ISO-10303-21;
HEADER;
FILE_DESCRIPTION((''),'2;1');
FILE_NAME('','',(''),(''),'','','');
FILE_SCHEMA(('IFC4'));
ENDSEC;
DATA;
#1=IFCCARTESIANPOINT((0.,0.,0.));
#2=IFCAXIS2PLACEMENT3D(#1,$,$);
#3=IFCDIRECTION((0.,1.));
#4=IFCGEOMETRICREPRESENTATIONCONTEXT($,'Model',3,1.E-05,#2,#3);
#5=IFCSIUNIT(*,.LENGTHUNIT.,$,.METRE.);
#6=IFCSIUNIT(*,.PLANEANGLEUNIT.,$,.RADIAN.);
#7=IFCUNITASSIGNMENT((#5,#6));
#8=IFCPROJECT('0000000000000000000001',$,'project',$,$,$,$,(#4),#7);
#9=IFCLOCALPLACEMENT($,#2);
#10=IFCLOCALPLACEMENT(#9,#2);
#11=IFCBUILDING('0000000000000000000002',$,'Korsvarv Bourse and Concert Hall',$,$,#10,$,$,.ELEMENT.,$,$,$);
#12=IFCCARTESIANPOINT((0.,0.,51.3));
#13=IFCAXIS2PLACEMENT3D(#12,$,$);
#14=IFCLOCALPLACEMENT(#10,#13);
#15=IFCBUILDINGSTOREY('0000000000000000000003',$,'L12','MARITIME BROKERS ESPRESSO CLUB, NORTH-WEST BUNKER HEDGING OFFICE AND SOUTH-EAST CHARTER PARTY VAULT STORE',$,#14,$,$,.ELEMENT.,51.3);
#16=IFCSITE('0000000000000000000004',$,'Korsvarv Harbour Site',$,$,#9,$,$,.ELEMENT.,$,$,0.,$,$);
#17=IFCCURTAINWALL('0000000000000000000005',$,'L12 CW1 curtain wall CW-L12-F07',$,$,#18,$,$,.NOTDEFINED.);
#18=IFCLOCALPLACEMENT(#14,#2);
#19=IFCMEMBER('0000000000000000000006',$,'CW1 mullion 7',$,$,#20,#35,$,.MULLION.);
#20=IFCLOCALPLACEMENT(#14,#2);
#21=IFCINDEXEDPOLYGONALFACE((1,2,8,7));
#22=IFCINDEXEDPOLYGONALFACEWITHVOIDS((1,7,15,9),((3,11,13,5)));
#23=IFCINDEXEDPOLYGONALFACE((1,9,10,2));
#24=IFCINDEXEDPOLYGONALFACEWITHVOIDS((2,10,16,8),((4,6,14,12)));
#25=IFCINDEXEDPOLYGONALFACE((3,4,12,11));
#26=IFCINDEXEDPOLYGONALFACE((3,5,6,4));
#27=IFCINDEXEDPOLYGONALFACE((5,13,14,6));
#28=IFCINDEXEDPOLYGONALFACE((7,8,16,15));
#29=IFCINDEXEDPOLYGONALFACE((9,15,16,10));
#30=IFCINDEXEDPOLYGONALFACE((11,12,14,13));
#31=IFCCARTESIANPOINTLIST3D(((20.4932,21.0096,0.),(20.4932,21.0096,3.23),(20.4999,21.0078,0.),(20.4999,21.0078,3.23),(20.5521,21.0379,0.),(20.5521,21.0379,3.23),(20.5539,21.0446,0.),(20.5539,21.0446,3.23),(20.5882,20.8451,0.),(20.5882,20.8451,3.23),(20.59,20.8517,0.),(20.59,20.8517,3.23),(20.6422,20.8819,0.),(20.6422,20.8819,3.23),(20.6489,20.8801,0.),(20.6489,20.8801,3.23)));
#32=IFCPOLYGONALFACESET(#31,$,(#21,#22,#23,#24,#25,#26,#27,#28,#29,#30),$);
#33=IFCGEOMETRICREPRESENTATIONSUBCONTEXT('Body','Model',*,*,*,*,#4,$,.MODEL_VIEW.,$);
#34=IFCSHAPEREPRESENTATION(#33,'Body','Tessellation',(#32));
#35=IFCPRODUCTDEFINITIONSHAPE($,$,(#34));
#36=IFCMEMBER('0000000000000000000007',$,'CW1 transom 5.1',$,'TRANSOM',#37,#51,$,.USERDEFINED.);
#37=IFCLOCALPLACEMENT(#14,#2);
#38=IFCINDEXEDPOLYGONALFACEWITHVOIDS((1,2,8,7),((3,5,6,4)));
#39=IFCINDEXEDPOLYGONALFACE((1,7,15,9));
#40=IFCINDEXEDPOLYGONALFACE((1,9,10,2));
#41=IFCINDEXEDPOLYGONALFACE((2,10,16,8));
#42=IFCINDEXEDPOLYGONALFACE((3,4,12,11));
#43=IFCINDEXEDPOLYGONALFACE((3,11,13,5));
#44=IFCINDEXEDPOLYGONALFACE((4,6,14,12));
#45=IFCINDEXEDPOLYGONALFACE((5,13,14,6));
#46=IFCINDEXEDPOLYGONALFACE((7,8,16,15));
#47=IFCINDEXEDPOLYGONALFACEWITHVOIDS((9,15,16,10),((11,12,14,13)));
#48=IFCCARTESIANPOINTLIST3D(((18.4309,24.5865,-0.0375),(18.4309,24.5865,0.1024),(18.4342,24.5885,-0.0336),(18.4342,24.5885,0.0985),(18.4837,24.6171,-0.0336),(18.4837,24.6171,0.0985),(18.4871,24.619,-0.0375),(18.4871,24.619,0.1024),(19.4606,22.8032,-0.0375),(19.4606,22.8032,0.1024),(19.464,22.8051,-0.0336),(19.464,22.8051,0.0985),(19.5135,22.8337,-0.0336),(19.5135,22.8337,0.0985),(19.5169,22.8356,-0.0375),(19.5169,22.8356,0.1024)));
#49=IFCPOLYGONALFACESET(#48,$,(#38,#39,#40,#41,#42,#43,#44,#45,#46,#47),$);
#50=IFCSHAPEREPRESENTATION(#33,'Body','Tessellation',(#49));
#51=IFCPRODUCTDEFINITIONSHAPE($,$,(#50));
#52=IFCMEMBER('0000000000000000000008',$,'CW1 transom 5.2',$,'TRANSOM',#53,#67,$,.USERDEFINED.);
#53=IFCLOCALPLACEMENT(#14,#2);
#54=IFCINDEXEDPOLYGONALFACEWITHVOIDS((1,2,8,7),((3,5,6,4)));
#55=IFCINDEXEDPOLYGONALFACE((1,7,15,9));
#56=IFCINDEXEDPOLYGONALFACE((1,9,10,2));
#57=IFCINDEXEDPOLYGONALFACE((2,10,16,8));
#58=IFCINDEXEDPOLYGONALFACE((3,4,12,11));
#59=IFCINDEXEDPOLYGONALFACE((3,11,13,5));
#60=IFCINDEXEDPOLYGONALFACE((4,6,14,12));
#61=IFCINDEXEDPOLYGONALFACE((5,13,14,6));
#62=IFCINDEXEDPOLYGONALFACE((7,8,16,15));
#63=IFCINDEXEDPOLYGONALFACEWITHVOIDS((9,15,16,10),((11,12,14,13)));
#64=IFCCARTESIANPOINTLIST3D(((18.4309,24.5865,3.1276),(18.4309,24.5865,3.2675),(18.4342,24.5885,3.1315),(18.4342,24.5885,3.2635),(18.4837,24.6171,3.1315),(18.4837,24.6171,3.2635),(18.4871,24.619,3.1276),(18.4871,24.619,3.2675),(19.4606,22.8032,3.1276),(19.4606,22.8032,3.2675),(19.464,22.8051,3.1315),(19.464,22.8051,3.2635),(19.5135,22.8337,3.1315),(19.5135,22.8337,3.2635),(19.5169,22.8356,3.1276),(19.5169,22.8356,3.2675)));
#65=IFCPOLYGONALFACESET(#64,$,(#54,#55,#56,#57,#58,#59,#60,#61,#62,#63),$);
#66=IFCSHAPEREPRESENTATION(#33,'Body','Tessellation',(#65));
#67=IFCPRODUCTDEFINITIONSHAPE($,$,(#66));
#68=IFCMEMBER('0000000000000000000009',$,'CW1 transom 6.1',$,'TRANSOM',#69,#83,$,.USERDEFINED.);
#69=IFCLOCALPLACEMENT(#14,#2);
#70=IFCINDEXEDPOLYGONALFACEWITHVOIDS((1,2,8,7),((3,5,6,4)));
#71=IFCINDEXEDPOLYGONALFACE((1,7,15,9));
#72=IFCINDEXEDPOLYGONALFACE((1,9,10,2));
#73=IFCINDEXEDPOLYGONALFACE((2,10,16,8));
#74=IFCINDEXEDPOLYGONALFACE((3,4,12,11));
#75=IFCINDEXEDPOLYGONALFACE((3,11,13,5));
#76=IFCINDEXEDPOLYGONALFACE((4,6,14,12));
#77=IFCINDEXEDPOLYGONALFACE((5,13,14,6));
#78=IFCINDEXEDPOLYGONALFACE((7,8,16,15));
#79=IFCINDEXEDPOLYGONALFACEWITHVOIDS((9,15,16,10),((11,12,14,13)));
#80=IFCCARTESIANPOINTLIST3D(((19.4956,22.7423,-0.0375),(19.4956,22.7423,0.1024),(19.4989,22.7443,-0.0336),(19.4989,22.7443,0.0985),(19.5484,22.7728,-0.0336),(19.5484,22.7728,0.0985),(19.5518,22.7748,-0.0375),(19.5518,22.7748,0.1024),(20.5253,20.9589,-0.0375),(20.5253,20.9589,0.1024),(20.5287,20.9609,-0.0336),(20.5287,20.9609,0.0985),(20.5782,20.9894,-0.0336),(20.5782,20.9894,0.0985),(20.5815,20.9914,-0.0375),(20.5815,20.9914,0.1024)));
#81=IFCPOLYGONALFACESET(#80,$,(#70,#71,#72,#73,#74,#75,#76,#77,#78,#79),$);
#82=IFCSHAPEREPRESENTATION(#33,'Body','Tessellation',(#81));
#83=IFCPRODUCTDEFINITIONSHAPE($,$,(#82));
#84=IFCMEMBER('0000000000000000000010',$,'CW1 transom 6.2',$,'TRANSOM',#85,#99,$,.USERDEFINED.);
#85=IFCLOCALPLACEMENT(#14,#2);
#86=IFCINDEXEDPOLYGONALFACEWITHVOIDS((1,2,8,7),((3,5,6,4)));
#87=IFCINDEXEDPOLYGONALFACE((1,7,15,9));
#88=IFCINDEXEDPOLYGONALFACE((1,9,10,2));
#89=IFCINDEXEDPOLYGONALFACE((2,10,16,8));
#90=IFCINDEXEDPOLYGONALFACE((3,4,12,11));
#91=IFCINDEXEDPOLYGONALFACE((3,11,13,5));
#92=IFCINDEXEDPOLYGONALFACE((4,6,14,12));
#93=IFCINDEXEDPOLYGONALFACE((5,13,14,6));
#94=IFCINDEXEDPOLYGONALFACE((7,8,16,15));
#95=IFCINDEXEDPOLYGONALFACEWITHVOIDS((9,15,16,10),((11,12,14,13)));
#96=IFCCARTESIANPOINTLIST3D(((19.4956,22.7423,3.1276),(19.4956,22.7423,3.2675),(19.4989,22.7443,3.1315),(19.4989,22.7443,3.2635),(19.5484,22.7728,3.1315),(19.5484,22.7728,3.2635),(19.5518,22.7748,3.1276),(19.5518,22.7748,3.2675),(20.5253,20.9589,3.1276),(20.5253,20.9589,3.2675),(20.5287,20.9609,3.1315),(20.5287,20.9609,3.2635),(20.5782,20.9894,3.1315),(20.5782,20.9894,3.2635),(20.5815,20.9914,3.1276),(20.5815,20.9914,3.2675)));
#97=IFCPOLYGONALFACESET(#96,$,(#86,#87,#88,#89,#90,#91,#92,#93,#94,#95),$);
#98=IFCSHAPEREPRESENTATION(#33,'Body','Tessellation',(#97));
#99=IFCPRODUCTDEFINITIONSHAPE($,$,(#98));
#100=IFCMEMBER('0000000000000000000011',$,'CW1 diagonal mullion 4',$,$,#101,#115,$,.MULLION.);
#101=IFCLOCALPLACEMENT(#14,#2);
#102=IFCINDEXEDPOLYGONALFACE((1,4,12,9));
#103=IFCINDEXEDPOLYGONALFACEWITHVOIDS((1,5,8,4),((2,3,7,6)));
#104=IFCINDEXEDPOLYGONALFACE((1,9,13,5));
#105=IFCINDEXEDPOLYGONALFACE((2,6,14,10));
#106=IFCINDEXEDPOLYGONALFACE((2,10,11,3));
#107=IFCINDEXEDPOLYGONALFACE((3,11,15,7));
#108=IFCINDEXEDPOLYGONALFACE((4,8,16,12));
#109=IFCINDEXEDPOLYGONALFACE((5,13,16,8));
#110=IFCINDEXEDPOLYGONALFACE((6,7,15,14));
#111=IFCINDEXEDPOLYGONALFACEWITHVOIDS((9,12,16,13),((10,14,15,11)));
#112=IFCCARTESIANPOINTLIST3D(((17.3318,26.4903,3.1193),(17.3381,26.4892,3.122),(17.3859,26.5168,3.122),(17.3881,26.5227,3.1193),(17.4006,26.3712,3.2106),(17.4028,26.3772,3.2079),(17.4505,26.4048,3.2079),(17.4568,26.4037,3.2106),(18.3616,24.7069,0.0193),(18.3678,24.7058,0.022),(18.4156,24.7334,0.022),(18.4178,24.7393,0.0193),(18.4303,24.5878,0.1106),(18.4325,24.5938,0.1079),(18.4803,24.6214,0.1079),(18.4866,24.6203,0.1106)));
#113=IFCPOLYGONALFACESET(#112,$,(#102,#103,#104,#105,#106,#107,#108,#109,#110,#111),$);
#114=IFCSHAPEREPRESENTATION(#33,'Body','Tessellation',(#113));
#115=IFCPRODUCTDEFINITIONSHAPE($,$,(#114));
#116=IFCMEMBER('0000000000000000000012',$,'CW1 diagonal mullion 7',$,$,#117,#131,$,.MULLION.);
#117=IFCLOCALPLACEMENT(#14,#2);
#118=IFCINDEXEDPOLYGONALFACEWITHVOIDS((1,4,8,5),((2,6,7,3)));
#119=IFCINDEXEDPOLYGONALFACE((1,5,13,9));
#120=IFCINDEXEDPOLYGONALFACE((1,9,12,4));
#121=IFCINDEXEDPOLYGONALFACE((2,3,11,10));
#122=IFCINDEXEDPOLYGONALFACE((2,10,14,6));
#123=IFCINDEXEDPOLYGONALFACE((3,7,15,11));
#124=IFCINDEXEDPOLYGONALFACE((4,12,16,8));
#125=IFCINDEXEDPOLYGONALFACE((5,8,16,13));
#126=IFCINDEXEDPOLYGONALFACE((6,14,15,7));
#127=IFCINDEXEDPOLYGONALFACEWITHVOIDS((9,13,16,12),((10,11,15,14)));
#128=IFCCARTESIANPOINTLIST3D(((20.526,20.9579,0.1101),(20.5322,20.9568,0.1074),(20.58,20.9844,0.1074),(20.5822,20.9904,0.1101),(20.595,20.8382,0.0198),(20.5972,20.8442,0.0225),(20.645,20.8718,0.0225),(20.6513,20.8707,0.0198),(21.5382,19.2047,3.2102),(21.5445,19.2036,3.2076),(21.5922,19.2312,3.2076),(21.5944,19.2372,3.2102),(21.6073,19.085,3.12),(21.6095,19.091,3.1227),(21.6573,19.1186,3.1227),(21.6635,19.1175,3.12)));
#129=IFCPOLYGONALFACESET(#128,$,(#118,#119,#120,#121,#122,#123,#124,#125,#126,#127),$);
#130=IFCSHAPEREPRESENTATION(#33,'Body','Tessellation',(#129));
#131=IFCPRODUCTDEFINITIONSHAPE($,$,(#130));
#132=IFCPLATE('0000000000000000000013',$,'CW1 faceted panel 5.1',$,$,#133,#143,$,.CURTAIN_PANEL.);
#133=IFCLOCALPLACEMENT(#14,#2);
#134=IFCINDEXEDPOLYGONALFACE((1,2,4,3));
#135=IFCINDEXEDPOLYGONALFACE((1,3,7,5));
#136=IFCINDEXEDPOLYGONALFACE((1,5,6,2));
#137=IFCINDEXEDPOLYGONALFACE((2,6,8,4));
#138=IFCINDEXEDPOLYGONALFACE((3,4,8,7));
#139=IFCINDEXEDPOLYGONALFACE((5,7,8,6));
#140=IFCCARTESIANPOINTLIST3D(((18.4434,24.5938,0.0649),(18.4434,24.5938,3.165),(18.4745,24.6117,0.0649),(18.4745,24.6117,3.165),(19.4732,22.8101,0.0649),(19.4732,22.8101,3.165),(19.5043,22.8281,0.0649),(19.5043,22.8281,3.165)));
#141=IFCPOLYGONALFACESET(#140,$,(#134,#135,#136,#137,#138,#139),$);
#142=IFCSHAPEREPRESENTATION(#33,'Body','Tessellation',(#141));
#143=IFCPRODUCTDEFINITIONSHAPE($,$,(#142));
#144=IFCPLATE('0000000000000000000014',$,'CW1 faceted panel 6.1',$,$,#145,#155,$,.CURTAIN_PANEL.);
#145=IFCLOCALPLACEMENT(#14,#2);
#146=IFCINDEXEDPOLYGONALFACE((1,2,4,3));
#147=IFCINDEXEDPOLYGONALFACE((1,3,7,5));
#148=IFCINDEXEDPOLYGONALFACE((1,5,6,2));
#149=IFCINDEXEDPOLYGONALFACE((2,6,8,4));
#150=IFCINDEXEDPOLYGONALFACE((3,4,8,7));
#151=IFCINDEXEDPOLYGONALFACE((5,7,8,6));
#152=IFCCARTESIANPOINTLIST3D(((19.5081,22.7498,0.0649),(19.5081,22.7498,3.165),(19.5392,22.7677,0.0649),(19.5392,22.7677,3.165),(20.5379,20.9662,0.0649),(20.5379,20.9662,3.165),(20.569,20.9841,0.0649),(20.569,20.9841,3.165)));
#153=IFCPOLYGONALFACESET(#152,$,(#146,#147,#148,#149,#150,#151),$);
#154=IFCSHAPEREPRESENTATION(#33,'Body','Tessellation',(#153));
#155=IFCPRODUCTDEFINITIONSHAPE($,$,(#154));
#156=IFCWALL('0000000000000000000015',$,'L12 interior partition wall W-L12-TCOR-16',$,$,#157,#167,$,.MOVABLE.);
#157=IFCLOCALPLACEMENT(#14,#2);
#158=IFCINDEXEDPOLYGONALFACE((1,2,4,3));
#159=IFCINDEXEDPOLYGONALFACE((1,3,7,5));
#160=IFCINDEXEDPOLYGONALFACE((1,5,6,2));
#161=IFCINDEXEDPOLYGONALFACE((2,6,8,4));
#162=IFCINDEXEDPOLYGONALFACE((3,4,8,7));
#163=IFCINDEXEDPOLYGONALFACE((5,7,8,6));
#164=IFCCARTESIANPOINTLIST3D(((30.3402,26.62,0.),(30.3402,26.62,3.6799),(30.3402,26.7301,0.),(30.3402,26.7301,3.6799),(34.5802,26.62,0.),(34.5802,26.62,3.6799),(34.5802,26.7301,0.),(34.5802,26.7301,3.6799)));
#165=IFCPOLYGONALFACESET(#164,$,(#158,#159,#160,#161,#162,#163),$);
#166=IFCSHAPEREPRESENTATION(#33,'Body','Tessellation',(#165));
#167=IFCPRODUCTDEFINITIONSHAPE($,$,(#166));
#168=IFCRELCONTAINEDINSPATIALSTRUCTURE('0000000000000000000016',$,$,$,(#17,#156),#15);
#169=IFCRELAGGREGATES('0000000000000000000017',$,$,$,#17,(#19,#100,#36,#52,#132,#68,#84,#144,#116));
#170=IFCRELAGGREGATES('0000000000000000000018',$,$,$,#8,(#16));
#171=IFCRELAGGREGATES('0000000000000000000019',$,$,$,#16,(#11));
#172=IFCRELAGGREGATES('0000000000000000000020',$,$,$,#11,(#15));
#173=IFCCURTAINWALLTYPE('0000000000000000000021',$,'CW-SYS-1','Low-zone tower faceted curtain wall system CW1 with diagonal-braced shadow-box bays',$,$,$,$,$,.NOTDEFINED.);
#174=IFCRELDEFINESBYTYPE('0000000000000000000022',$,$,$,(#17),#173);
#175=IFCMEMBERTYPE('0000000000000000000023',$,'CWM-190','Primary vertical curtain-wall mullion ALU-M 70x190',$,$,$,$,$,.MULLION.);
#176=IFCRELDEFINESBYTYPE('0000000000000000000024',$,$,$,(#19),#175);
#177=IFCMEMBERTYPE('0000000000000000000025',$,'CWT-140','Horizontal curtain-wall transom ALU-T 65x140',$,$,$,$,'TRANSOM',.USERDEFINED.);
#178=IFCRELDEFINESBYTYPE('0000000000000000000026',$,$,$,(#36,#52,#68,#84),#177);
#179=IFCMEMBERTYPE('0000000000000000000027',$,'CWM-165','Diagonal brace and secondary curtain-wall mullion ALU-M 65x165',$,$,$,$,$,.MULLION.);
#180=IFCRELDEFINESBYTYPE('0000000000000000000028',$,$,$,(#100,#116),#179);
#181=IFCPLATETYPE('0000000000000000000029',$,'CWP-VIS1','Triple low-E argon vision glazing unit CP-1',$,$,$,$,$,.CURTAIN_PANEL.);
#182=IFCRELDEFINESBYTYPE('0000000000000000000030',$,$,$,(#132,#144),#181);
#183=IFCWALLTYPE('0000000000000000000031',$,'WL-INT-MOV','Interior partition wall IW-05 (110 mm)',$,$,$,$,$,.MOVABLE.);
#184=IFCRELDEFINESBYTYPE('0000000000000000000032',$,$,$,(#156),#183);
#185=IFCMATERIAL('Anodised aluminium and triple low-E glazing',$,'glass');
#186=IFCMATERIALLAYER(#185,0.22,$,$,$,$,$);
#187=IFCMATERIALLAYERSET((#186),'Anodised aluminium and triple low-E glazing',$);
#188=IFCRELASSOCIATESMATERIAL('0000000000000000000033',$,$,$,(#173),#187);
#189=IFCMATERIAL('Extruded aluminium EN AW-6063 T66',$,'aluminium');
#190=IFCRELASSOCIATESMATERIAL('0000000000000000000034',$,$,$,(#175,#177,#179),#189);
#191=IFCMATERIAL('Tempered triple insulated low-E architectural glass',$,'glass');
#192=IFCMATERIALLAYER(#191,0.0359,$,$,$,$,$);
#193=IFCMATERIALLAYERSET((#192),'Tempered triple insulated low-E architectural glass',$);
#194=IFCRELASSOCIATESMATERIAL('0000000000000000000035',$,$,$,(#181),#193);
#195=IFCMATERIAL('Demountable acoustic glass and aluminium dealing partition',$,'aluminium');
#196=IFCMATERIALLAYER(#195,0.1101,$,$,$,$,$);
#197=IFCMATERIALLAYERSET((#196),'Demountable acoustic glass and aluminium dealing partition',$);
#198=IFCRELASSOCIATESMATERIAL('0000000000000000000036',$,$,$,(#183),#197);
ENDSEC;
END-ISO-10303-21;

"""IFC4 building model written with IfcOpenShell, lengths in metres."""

from ifc_helpers import new_model, si_unit, direction, frame, frame_2d, origin, origin_2d, place, context, subcontext, project, spatial, rectangle, hollow_rectangle, extrude, source, transform, mapped, material, layer, layer_set, material_profile, profile_set, type_object, element, aggregate, save


model = new_model("IFC4")

# Units and contexts
model_context = context("Model", 3, precision=1e-05, world=origin(), true_north=direction((0.0, 1.0)))
body_context = subcontext(model_context, "Body", "Model", "MODEL_VIEW")
ifc_project = project(units=[si_unit("LENGTHUNIT", "METRE"), si_unit("PLANEANGLEUNIT", "RADIAN")], contexts=[model_context])

# Site, building, storey
site_placement = place(None, origin())
site = spatial("IfcSite", under=ifc_project, at=site_placement, Name="Korsvarv Harbour Site", CompositionType="ELEMENT", RefElevation=0.0)
building_placement = place(site_placement, origin())
building = spatial("IfcBuilding", under=site, at=building_placement, Name="Korsvarv Bourse and Concert Hall", CompositionType="ELEMENT")
storey_placement = place(building_placement, frame((0.0, 0.0, 51.3)))
storey = spatial("IfcBuildingStorey", under=building, at=storey_placement, Name="L12", Description="MARITIME BROKERS ESPRESSO CLUB, NORTH-WEST BUNKER HEDGING OFFICE AND SOUTH-EAST CHARTER PARTY VAULT STORE", CompositionType="ELEMENT", Elevation=51.3)

# Curtain wall, members, plates
ifc_material_1 = material(Name="Anodised aluminium and triple low-E glazing", Category="glass")
ifc_layer_1 = layer(ifc_material_1, 0.22)
ifc_layer_set_1 = layer_set([ifc_layer_1], Name="Anodised aluminium and triple low-E glazing")
curtain_wall_type = type_object("IfcCurtainWallType", Name="CW-SYS-1", Description="Low-zone tower faceted curtain wall system CW1 with diagonal-braced shadow-box bays", PredefinedType="NOTDEFINED", material=ifc_layer_set_1)
curtain_wall_placement = place(storey_placement, origin())
curtain_wall = element("IfcCurtainWall", 1, at=curtain_wall_placement, inside=storey, type_object=curtain_wall_type, Name="L12 CW1 curtain wall CW-L12-F07", PredefinedType="NOTDEFINED")
ifc_material_2 = material(Name="Extruded aluminium EN AW-6063 T66", Category="aluminium")
ifc_material_profile_1 = material_profile(ifc_material_2, hollow_rectangle(XDim=0.0701, YDim=0.1899, WallThickness=0.0049, at=origin_2d()), Name="ALU-M 70x190")
ifc_profile_set_1 = profile_set([ifc_material_profile_1], Name="Extruded aluminium EN AW-6063 T66")
member_type_1 = type_object("IfcMemberType", Name="CWM-190", Description="Primary vertical curtain-wall mullion ALU-M 70x190", PredefinedType="MULLION", material=ifc_profile_set_1)
shared_shape_1 = source(origin(), body_context, "Body", "SweptSolid", [
    extrude(hollow_rectangle(XDim=0.0701, YDim=0.1899, WallThickness=0.0049, at=origin_2d()), origin(), (0.0, 0.0, 1.0), 3.23),
])
member_1_placement = place(storey_placement, frame((20.571, 20.9448, 0.0), z_axis=(0.0, 0.0, 1.0), x_axis=(0.866025, 0.5, 0.0)))
member_1 = element("IfcMember", 2, at=member_1_placement, type_object=member_type_1, Name="CW1 mullion 7", PredefinedType="MULLION", context=body_context, shape_type="MappedRepresentation", body=[
    mapped(shared_shape_1, transform((0.0, 0.0, 0.0), scale=1.0)),
])
ifc_material_profile_2 = material_profile(ifc_material_2, hollow_rectangle(XDim=0.0649, YDim=0.1399, WallThickness=0.0039, at=origin_2d()), Name="ALU-T 65x140")
ifc_profile_set_2 = profile_set([ifc_material_profile_2], Name="Extruded aluminium EN AW-6063 T66")
member_type_2 = type_object("IfcMemberType", Name="CWT-140", Description="Horizontal curtain-wall transom ALU-T 65x140", ElementType="TRANSOM", PredefinedType="USERDEFINED", material=ifc_profile_set_2)
shared_shape_2 = source(origin(), body_context, "Body", "SweptSolid", [
    extrude(hollow_rectangle(XDim=0.0649, YDim=0.1399, WallThickness=0.0039, at=origin_2d()), origin(), (0.0, 0.0, 1.0), 2.0593),
])
member_2_placement = place(storey_placement, frame((18.459, 24.6028, 0.0325), z_axis=(0.500041, -0.866002, 0.0), x_axis=(0.866002, 0.500041, 0.0)))
member_2 = element("IfcMember", 3, at=member_2_placement, type_object=member_type_2, Name="CW1 transom 5.1", ObjectType="TRANSOM", PredefinedType="USERDEFINED", context=body_context, shape_type="MappedRepresentation", body=[
    mapped(shared_shape_2, transform((0.0, 0.0, 0.0), scale=1.0)),
])
member_3_placement = place(storey_placement, frame((18.459, 24.6028, 3.1975), z_axis=(0.500041, -0.866002, 0.0), x_axis=(0.866002, 0.500041, 0.0)))
member_3 = element("IfcMember", 4, at=member_3_placement, type_object=member_type_2, Name="CW1 transom 5.2", ObjectType="TRANSOM", PredefinedType="USERDEFINED", context=body_context, shape_type="MappedRepresentation", body=[
    mapped(shared_shape_2, transform((0.0, 0.0, 0.0), scale=1.0)),
])
member_4_placement = place(storey_placement, frame((19.5237, 22.7585, 0.0325), z_axis=(0.500041, -0.866002, 0.0), x_axis=(0.866002, 0.500041, 0.0)))
member_4 = element("IfcMember", 5, at=member_4_placement, type_object=member_type_2, Name="CW1 transom 6.1", ObjectType="TRANSOM", PredefinedType="USERDEFINED", context=body_context, shape_type="MappedRepresentation", body=[
    mapped(shared_shape_2, transform((0.0, 0.0, 0.0), scale=1.0)),
])
member_5_placement = place(storey_placement, frame((19.5237, 22.7585, 3.1975), z_axis=(0.500041, -0.866002, 0.0), x_axis=(0.866002, 0.500041, 0.0)))
member_5 = element("IfcMember", 6, at=member_5_placement, type_object=member_type_2, Name="CW1 transom 6.2", ObjectType="TRANSOM", PredefinedType="USERDEFINED", context=body_context, shape_type="MappedRepresentation", body=[
    mapped(shared_shape_2, transform((0.0, 0.0, 0.0), scale=1.0)),
])
ifc_material_profile_3 = material_profile(ifc_material_2, hollow_rectangle(XDim=0.0649, YDim=0.165, WallThickness=0.0049, at=origin_2d()), Name="ALU-M 65x165")
ifc_profile_set_3 = profile_set([ifc_material_profile_3], Name="Extruded aluminium EN AW-6063 T66")
member_type_3 = type_object("IfcMemberType", Name="CWM-165", Description="Diagonal brace and secondary curtain-wall mullion ALU-M 65x165", PredefinedType="MULLION", material=ifc_profile_set_3)
shared_shape_3 = source(origin(), body_context, "Body", "SweptSolid", [
    extrude(hollow_rectangle(XDim=0.0649, YDim=0.165, WallThickness=0.0049, at=origin_2d()), origin(), (0.0, 0.0, 1.0), 3.7217),
])
member_6_placement = place(storey_placement, frame((18.4241, 24.6636, 0.0649), z_axis=(-0.276691, 0.47919, 0.832958), x_axis=(-0.866002, -0.500041, 0.0)))
member_6 = element("IfcMember", 7, at=member_6_placement, type_object=member_type_3, Name="CW1 diagonal mullion 4", PredefinedType="MULLION", context=body_context, shape_type="MappedRepresentation", body=[
    mapped(shared_shape_3, transform((0.0, 0.0, 0.0), scale=1.0)),
])
shared_shape_4 = source(origin(), body_context, "Body", "SweptSolid", [
    extrude(hollow_rectangle(XDim=0.0649, YDim=0.165, WallThickness=0.0049, at=origin_2d()), origin(), (0.0, 0.0, 1.0), 3.7026),
])
member_7_placement = place(storey_placement, frame((20.5886, 20.9143, 0.0649), z_axis=(0.273382, -0.473506, 0.83729), x_axis=(0.866023, 0.500004, 0.0)))
member_7 = element("IfcMember", 8, at=member_7_placement, type_object=member_type_3, Name="CW1 diagonal mullion 7", PredefinedType="MULLION", context=body_context, shape_type="MappedRepresentation", body=[
    mapped(shared_shape_4, transform((0.0, 0.0, 0.0), scale=1.0)),
])
ifc_material_3 = material(Name="Tempered triple insulated low-E architectural glass", Category="glass")
ifc_layer_2 = layer(ifc_material_3, 0.0359)
ifc_layer_set_2 = layer_set([ifc_layer_2], Name="Tempered triple insulated low-E architectural glass")
plate_type = type_object("IfcPlateType", Name="CWP-VIS1", Description="Triple low-E argon vision glazing unit CP-1", PredefinedType="CURTAIN_PANEL", material=ifc_layer_set_2)
shared_shape_5 = source(origin(), body_context, "Body", "SweptSolid", [
    extrude(rectangle(XDim=2.0596, YDim=0.0359, at=origin_2d()), origin(), (0.0, 0.0, 1.0), 3.1001),
])
plate_1_placement = place(storey_placement, frame((18.9739, 23.7109, 0.0649), z_axis=(0.0, 0.0, 1.0), x_axis=(0.5, -0.866025, 0.0)))
plate_1 = element("IfcPlate", 9, at=plate_1_placement, type_object=plate_type, Name="CW1 faceted panel 5.1", PredefinedType="CURTAIN_PANEL", context=body_context, shape_type="MappedRepresentation", body=[
    mapped(shared_shape_5, transform((0.0, 0.0, 0.0), scale=1.0)),
])
plate_2_placement = place(storey_placement, frame((20.0386, 21.8669, 0.0649), z_axis=(0.0, 0.0, 1.0), x_axis=(0.5, -0.866025, 0.0)))
plate_2 = element("IfcPlate", 10, at=plate_2_placement, type_object=plate_type, Name="CW1 faceted panel 6.1", PredefinedType="CURTAIN_PANEL", context=body_context, shape_type="MappedRepresentation", body=[
    mapped(shared_shape_5, transform((0.0, 0.0, 0.0), scale=1.0)),
])
aggregate(curtain_wall, [member_1, member_6, member_2, member_3, plate_1, member_4, member_5, plate_2, member_7])

# Wall
ifc_material_4 = material(Name="Demountable acoustic glass and aluminium dealing partition", Category="aluminium")
ifc_layer_3 = layer(ifc_material_4, 0.1101)
ifc_layer_set_3 = layer_set([ifc_layer_3], Name="Demountable acoustic glass and aluminium dealing partition")
wall_type_1 = type_object("IfcWallType", Name="WL-INT-MOV", Description="Interior partition wall IW-05 (110 mm)", PredefinedType="MOVABLE", material=ifc_layer_set_3)
wall_1_placement = place(storey_placement, frame((30.3401, 26.675, 0.0), z_axis=(0.0, 0.0, 1.0), x_axis=(1.0, 0.0, 0.0)))
element("IfcWall", 11, at=wall_1_placement, inside=storey, type_object=wall_type_1, Name="L12 interior partition wall W-L12-TCOR-16", PredefinedType="MOVABLE", context=body_context, shape_type="SweptSolid", body=[
    extrude(rectangle(XDim=4.24, YDim=0.1101, at=frame_2d((2.1201, 0.0))), origin(), (0.0, 0.0, 1.0), 3.6799),
])

save(model, "model.ifc")
